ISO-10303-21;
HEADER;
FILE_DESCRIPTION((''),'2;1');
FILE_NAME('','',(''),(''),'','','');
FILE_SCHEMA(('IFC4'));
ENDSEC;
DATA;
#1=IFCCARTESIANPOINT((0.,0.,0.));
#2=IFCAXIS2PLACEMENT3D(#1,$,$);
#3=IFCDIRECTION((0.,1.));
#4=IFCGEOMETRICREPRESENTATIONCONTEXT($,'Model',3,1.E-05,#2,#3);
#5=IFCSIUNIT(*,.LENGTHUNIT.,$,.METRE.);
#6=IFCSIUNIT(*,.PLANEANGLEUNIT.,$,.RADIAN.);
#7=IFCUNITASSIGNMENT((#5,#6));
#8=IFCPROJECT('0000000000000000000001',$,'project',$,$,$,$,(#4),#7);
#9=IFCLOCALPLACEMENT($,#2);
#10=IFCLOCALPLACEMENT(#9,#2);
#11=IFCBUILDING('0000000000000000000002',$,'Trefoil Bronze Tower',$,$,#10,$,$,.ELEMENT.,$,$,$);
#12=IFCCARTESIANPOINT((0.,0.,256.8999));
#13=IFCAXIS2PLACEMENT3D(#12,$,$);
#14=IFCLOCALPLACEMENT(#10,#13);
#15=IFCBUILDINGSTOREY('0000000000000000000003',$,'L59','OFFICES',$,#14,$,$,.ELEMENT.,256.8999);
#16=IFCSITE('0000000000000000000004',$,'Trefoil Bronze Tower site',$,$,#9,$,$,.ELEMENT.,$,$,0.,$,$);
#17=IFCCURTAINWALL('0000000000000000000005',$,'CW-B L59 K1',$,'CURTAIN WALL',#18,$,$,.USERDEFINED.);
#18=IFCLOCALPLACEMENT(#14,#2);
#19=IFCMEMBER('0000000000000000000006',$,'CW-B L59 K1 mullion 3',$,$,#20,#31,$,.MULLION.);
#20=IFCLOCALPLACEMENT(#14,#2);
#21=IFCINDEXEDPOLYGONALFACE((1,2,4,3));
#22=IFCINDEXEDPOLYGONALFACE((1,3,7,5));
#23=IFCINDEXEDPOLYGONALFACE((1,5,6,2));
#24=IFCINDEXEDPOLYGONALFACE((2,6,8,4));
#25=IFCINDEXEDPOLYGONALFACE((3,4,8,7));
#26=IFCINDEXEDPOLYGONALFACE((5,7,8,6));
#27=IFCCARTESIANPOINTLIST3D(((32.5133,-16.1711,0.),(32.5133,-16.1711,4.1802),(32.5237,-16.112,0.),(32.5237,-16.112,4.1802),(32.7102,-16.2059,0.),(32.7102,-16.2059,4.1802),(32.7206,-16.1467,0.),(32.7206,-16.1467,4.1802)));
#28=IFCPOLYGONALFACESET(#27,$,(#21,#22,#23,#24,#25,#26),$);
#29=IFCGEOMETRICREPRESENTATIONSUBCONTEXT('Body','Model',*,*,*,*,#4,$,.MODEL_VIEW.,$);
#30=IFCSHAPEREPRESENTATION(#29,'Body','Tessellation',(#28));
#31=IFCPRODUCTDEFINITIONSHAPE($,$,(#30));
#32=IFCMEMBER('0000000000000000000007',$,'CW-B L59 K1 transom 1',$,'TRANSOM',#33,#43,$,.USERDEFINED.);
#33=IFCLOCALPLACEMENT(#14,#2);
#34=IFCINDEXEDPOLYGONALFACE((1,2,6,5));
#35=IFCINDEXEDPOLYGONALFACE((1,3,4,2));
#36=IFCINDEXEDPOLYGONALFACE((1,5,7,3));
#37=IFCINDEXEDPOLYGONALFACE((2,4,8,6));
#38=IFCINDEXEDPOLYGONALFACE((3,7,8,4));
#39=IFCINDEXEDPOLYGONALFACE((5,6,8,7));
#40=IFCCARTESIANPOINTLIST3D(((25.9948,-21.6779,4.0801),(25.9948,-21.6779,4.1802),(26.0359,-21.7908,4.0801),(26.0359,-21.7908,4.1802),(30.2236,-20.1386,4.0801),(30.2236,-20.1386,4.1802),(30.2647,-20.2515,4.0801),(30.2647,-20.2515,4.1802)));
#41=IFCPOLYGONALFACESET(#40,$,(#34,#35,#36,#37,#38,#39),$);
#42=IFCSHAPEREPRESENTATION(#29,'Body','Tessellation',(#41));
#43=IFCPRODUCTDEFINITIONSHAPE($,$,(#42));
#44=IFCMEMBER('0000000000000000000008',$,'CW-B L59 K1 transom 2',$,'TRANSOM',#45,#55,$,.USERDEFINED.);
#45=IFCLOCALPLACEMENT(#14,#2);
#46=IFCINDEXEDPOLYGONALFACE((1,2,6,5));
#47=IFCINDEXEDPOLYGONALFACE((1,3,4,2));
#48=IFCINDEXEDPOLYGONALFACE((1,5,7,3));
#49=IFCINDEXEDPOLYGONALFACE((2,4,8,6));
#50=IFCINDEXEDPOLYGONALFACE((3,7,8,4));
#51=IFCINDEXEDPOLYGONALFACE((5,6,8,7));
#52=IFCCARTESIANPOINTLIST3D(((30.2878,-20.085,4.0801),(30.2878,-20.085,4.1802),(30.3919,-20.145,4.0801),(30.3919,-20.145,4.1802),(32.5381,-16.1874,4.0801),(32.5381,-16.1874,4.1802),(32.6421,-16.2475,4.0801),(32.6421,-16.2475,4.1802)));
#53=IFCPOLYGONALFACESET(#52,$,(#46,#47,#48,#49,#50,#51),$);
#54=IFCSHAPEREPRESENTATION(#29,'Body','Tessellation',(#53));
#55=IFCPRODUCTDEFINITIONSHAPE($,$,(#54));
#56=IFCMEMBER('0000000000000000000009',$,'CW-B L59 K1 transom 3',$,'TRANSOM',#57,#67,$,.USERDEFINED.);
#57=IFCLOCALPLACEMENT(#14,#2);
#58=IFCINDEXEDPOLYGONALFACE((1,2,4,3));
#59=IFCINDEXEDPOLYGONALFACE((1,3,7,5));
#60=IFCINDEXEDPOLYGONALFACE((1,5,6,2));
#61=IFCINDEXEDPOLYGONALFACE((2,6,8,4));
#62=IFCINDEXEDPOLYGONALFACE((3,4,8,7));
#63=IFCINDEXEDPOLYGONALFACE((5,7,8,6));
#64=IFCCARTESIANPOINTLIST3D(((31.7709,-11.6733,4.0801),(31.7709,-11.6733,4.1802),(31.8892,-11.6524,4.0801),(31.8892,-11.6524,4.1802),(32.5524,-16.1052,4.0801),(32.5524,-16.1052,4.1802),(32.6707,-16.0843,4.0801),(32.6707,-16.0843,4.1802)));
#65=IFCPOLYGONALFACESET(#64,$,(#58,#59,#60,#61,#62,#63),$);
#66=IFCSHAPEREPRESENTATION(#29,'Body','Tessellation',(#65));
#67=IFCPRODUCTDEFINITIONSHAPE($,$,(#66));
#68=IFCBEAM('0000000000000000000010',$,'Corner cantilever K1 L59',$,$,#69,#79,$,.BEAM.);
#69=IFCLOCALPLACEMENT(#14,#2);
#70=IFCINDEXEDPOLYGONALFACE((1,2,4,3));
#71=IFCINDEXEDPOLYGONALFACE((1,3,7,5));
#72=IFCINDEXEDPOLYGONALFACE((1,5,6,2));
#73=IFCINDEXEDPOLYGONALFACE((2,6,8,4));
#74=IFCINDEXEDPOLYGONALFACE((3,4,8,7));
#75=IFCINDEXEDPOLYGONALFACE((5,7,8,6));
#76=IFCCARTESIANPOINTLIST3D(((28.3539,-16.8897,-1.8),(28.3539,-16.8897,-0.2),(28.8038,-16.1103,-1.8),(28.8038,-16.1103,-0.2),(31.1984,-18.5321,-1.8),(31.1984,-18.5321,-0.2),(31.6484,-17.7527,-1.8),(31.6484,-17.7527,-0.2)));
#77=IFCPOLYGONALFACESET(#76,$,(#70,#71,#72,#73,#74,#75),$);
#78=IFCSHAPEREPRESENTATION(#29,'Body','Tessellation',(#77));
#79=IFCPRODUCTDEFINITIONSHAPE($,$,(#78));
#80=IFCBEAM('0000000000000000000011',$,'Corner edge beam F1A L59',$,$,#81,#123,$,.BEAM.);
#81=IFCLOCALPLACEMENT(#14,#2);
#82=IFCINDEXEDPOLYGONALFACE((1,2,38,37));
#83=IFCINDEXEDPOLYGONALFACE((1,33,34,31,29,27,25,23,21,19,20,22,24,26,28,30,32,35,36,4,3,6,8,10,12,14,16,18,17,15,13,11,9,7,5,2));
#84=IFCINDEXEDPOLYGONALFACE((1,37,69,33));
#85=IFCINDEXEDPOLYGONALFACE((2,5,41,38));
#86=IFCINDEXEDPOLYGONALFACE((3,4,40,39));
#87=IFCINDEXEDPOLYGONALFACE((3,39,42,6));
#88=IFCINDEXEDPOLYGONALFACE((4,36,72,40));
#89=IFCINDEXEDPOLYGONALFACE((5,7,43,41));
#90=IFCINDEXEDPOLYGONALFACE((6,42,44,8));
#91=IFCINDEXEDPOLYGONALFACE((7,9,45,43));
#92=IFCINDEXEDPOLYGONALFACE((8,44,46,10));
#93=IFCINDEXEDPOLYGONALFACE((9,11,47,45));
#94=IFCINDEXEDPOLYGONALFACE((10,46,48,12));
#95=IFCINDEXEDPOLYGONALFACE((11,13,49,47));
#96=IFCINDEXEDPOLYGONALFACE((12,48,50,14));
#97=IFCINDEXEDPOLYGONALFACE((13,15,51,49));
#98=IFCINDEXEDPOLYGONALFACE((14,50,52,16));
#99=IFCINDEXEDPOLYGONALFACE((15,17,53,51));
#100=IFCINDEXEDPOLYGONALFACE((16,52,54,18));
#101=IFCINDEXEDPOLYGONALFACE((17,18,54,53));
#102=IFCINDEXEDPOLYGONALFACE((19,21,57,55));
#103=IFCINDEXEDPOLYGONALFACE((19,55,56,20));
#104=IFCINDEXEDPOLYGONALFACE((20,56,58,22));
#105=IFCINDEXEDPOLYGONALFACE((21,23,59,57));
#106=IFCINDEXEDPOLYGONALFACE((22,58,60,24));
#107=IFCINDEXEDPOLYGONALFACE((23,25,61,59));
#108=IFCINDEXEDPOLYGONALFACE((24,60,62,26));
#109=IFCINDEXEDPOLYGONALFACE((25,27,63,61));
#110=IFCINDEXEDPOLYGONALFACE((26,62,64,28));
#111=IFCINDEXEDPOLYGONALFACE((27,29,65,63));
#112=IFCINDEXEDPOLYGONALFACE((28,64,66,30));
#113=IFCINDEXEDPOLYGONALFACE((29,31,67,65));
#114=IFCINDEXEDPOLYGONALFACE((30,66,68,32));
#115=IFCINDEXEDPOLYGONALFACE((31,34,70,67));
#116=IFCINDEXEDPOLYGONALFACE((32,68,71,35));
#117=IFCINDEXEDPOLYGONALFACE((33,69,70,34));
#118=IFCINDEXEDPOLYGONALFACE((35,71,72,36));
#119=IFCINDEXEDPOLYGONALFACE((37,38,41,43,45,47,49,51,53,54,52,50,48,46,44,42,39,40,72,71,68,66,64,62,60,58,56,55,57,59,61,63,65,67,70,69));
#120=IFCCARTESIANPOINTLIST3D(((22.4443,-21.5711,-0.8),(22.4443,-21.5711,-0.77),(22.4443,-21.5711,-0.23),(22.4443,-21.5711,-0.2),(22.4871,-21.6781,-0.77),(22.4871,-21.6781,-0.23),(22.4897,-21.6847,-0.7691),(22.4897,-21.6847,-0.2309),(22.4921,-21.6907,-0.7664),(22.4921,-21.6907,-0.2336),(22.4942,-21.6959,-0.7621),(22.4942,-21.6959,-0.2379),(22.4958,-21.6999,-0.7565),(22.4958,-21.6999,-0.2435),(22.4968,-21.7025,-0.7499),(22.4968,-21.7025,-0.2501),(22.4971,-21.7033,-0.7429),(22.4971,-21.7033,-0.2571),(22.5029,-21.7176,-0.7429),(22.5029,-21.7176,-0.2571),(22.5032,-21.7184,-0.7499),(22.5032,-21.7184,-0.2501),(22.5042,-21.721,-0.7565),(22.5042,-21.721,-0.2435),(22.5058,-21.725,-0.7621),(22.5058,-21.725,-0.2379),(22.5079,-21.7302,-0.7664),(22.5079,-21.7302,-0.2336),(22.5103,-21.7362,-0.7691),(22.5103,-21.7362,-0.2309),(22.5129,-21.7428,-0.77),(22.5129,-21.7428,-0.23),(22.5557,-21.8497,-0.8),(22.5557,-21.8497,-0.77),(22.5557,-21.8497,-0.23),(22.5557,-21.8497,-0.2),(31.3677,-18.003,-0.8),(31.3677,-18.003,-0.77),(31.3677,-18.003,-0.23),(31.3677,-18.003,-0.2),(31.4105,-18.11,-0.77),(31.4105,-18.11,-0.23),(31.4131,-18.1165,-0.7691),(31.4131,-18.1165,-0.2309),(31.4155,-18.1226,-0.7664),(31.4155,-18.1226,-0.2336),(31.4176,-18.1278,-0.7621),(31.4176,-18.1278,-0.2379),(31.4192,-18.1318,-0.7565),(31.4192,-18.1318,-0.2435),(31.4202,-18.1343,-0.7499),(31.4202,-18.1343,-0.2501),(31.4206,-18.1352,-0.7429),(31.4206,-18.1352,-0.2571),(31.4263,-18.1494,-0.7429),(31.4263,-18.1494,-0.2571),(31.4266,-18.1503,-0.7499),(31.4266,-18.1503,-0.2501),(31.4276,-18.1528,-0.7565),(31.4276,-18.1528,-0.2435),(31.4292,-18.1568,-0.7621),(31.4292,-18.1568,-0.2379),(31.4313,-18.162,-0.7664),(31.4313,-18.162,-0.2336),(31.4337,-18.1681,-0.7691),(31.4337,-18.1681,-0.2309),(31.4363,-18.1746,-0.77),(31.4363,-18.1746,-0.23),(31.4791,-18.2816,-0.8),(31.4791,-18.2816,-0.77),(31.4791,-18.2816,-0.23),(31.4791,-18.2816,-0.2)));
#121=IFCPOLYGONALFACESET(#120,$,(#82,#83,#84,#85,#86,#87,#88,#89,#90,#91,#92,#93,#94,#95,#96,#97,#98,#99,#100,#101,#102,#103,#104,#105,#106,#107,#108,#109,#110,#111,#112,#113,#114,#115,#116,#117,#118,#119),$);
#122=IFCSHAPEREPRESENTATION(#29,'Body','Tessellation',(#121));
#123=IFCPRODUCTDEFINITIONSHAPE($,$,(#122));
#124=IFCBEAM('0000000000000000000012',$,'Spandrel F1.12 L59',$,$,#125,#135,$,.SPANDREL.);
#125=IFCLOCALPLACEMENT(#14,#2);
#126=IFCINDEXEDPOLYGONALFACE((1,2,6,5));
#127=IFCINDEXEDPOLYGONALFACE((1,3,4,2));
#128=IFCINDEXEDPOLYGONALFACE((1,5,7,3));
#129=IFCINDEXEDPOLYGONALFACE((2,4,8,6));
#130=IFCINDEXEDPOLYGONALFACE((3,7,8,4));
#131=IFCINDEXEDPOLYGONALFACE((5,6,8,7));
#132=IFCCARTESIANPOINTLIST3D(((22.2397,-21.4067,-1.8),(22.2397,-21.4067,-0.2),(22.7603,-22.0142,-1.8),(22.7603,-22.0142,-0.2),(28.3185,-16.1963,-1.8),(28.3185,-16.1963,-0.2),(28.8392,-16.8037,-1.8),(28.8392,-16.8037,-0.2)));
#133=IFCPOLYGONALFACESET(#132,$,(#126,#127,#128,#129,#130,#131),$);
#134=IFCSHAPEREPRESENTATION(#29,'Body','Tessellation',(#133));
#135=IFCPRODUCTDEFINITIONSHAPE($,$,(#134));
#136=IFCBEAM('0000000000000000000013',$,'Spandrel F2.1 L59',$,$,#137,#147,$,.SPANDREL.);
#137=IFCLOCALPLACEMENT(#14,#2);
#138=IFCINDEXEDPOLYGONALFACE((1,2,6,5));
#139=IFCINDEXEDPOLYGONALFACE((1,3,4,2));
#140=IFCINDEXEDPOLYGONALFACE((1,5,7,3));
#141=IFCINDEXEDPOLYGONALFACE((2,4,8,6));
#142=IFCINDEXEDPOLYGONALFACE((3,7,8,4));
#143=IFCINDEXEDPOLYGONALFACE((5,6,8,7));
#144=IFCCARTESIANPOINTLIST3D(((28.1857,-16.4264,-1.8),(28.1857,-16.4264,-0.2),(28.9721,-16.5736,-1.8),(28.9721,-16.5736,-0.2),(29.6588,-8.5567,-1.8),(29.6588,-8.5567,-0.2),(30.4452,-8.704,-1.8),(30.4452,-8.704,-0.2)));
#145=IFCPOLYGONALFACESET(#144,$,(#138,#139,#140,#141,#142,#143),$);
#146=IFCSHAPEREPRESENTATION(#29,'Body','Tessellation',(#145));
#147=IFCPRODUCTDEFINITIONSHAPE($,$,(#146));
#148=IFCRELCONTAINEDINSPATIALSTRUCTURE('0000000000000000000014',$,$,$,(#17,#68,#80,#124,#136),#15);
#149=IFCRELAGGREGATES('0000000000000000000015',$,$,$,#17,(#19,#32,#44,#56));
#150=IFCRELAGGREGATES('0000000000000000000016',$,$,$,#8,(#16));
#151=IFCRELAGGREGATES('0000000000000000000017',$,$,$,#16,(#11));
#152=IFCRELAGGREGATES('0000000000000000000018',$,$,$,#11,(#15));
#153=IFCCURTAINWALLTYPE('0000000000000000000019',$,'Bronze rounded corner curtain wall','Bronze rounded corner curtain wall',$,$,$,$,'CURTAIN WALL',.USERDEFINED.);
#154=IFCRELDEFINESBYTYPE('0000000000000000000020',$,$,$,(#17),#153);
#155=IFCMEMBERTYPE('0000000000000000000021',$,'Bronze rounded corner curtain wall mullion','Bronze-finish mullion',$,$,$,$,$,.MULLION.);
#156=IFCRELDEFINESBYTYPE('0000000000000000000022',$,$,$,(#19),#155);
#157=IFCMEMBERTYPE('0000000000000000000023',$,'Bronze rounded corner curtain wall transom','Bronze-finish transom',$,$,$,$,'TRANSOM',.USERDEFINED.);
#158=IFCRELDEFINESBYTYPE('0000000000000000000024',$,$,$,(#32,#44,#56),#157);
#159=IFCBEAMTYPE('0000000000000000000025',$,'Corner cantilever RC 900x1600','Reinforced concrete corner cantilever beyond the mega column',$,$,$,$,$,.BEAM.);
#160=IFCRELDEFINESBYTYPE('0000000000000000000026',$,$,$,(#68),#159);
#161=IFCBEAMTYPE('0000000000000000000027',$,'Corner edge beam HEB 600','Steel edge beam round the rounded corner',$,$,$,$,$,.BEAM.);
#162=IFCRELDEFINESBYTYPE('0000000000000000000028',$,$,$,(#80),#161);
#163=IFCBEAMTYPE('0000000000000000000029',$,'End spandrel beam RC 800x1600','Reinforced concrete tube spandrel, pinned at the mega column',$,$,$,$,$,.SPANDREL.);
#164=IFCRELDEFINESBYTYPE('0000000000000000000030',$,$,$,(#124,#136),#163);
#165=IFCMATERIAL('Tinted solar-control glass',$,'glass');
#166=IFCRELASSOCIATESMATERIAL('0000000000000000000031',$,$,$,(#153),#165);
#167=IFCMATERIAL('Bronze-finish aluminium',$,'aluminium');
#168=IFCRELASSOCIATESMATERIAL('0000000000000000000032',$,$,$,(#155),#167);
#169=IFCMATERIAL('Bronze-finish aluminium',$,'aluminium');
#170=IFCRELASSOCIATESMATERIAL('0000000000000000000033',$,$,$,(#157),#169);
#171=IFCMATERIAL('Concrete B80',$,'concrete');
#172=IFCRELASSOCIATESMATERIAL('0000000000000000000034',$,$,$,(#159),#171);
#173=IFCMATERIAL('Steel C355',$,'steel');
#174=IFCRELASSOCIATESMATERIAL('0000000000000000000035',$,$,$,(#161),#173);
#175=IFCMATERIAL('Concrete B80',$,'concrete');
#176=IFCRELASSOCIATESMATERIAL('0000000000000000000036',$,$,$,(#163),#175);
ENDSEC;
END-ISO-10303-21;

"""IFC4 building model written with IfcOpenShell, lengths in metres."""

from ifc_helpers import new_model, si_unit, direction, frame, origin, origin_2d, place, context, subcontext, project, spatial, rectangle, i_section, extrude, material, material_profile, profile_set, type_object, element, aggregate, save


model = new_model("IFC4")

# Units and contexts
model_context = context("Model", 3, precision=1e-05, world=origin(), true_north=direction((0.0, 1.0)))
body_context = subcontext(model_context, "Body", "Model", "MODEL_VIEW")
ifc_project = project(units=[si_unit("LENGTHUNIT", "METRE"), si_unit("PLANEANGLEUNIT", "RADIAN")], contexts=[model_context])

# Site, building, storey
site_placement = place(None, origin())
site = spatial("IfcSite", under=ifc_project, at=site_placement, Name="Trefoil Bronze Tower site", CompositionType="ELEMENT", RefElevation=0.0)
building_placement = place(site_placement, origin())
building = spatial("IfcBuilding", under=site, at=building_placement, Name="Trefoil Bronze Tower", CompositionType="ELEMENT")
storey_placement = place(building_placement, frame((0.0, 0.0, 256.8999)))
storey = spatial("IfcBuildingStorey", under=building, at=storey_placement, Name="L59", Description="OFFICES", CompositionType="ELEMENT", Elevation=256.8999)

# Curtain wall, members
ifc_material_1 = material(Name="Tinted solar-control glass", Category="glass")
curtain_wall_type_1 = type_object("IfcCurtainWallType", Name="Bronze rounded corner curtain wall", Description="Bronze rounded corner curtain wall", ElementType="CURTAIN WALL", PredefinedType="USERDEFINED", material=ifc_material_1)
curtain_wall_1_placement = place(storey_placement, origin())
curtain_wall_1 = element("IfcCurtainWall", 1, at=curtain_wall_1_placement, inside=storey, type_object=curtain_wall_type_1, Name="CW-B L59 K1", ObjectType="CURTAIN WALL", PredefinedType="USERDEFINED")
ifc_material_2 = material(Name="Bronze-finish aluminium", Category="aluminium")
ifc_material_profile_1 = material_profile(ifc_material_2, rectangle(XDim=0.2, YDim=0.0601, at=origin_2d()), Name="CW-B mullion")
ifc_profile_set_1 = profile_set([ifc_material_profile_1], Name="Bronze-finish aluminium")
member_type_1 = type_object("IfcMemberType", Name="Bronze rounded corner curtain wall mullion", Description="Bronze-finish mullion", PredefinedType="MULLION", material=ifc_profile_set_1)
member_1_placement = place(storey_placement, frame((32.6169, -16.1589, 0.0), z_axis=(0.0, 0.0, 1.0), x_axis=(-0.984808, 0.173648, 0.0)))
member_1 = element("IfcMember", 2, at=member_1_placement, type_object=member_type_1, Name="CW-B L59 K1 mullion 3", PredefinedType="MULLION", context=body_context, shape_type="SweptSolid", body=[
    extrude(rectangle(XDim=0.2, YDim=0.0601, at=origin_2d()), origin(), (0.0, 0.0, 1.0), 4.1802),
])
ifc_material_3 = material(Name="Bronze-finish aluminium", Category="aluminium")
ifc_material_profile_2 = material_profile(ifc_material_3, rectangle(XDim=0.1201, YDim=0.1001, at=origin_2d()), Name="CW-B transom")
ifc_profile_set_2 = profile_set([ifc_material_profile_2], Name="Bronze-finish aluminium")
member_type_2 = type_object("IfcMemberType", Name="Bronze rounded corner curtain wall transom", Description="Bronze-finish transom", ElementType="TRANSOM", PredefinedType="USERDEFINED", material=ifc_profile_set_2)
member_2_placement = place(storey_placement, frame((26.0154, -21.7344, 4.1301), z_axis=(0.939681, 0.342052, 0.0), x_axis=(-0.342052, 0.939681, 0.0)))
member_2 = element("IfcMember", 3, at=member_2_placement, type_object=member_type_2, Name="CW-B L59 K1 transom 1", ObjectType="TRANSOM", PredefinedType="USERDEFINED", context=body_context, shape_type="SweptSolid", body=[
    extrude(rectangle(XDim=0.1201, YDim=0.1001, at=origin_2d()), origin(), (0.0, 0.0, 1.0), 4.5002),
])
member_3_placement = place(storey_placement, frame((30.3398, -20.115, 4.1301), z_axis=(0.500007, 0.866021, 0.0), x_axis=(-0.866021, 0.500007, 0.0)))
member_3 = element("IfcMember", 4, at=member_3_placement, type_object=member_type_2, Name="CW-B L59 K1 transom 2", ObjectType="TRANSOM", PredefinedType="USERDEFINED", context=body_context, shape_type="SweptSolid", body=[
    extrude(rectangle(XDim=0.1201, YDim=0.1001, at=origin_2d()), origin(), (0.0, 0.0, 1.0), 4.5005),
])
member_4_placement = place(storey_placement, frame((32.6116, -16.0947, 4.1301), z_axis=(-0.173655, 0.984806, 0.0), x_axis=(-0.984806, -0.173655, 0.0)))
member_4 = element("IfcMember", 5, at=member_4_placement, type_object=member_type_2, Name="CW-B L59 K1 transom 3", ObjectType="TRANSOM", PredefinedType="USERDEFINED", context=body_context, shape_type="SweptSolid", body=[
    extrude(rectangle(XDim=0.1201, YDim=0.1001, at=origin_2d()), origin(), (0.0, 0.0, 1.0), 4.5002),
])

# Beams
ifc_material_4 = material(Name="Concrete B80", Category="concrete")
ifc_material_profile_3 = material_profile(ifc_material_4, rectangle(XDim=0.8999, YDim=1.6001, at=origin_2d()), Name="RC 900x1600")
ifc_profile_set_3 = profile_set([ifc_material_profile_3], Name="Concrete B80")
beam_type_1 = type_object("IfcBeamType", Name="Corner cantilever RC 900x1600", Description="Reinforced concrete corner cantilever beyond the mega column", PredefinedType="BEAM", material=ifc_profile_set_3)
beam_1_placement = place(storey_placement, frame((28.5789, -16.5, -1.0), z_axis=(0.866016, -0.500016, 0.0), x_axis=(0.500016, 0.866016, 0.0)))
element("IfcBeam", 6, at=beam_1_placement, inside=storey, type_object=beam_type_1, Name="Corner cantilever K1 L59", PredefinedType="BEAM", context=body_context, shape_type="SweptSolid", body=[
    extrude(rectangle(XDim=0.8999, YDim=1.6001, at=origin_2d()), origin(), (0.0, 0.0, 1.0), 3.2847),
])
ifc_material_5 = material(Name="Steel C355", Category="steel")
ifc_material_profile_4 = material_profile(ifc_material_5, i_section(OverallWidth=0.3, OverallDepth=0.6001, WebThickness=0.0154, FlangeThickness=0.03, FilletRadius=0.0271, at=origin_2d()), Name="HEB 600")
ifc_profile_set_4 = profile_set([ifc_material_profile_4], Name="Steel C355")
beam_type_2 = type_object("IfcBeamType", Name="Corner edge beam HEB 600", Description="Steel edge beam round the rounded corner", PredefinedType="BEAM", material=ifc_profile_set_4)
beam_2_placement = place(storey_placement, frame((22.5, -21.7104, -0.5), z_axis=(0.92852, 0.371281, 0.0), x_axis=(-0.371281, 0.92852, 0.0)))
element("IfcBeam", 7, at=beam_2_placement, inside=storey, type_object=beam_type_2, Name="Corner edge beam F1A L59", PredefinedType="BEAM", context=body_context, shape_type="SweptSolid", body=[
    extrude(i_section(OverallWidth=0.3, OverallDepth=0.6001, WebThickness=0.0154, FlangeThickness=0.03, FilletRadius=0.0271, at=origin_2d()), origin(), (0.0, 0.0, 1.0), 9.6104),
])
ifc_material_6 = material(Name="Concrete B80", Category="concrete")
ifc_material_profile_5 = material_profile(ifc_material_6, rectangle(XDim=0.8, YDim=1.6001, at=origin_2d()), Name="RC 800x1600")
ifc_profile_set_5 = profile_set([ifc_material_profile_5], Name="Concrete B80")
beam_type_3 = type_object("IfcBeamType", Name="End spandrel beam RC 800x1600", Description="Reinforced concrete tube spandrel, pinned at the mega column", PredefinedType="SPANDREL", material=ifc_profile_set_5)
for number, where, z_axis, x_axis, name in (
    (8, (22.5, -21.7104, -1.0), (0.759257, 0.650791, 0.0), (-0.650791, 0.759257, 0.0), "Spandrel F1.12 L59"),
    (9, (28.5789, -16.5, -1.0), (0.183998, 0.982927, 0.0), (-0.982927, 0.183998, 0.0), "Spandrel F2.1 L59"),
):
    element("IfcBeam", number, at=place(storey_placement, frame(where, z_axis=z_axis, x_axis=x_axis)), inside=storey, type_object=beam_type_3, Name=name, PredefinedType="SPANDREL", context=body_context, shape_type="SweptSolid", body=[
        extrude(rectangle(XDim=0.8, YDim=1.6001, at=origin_2d()), origin(), (0.0, 0.0, 1.0), 8.0063),
    ])

aggregate(curtain_wall_1, [member_1, member_2, member_3, member_4])

save(model, "model.ifc")
